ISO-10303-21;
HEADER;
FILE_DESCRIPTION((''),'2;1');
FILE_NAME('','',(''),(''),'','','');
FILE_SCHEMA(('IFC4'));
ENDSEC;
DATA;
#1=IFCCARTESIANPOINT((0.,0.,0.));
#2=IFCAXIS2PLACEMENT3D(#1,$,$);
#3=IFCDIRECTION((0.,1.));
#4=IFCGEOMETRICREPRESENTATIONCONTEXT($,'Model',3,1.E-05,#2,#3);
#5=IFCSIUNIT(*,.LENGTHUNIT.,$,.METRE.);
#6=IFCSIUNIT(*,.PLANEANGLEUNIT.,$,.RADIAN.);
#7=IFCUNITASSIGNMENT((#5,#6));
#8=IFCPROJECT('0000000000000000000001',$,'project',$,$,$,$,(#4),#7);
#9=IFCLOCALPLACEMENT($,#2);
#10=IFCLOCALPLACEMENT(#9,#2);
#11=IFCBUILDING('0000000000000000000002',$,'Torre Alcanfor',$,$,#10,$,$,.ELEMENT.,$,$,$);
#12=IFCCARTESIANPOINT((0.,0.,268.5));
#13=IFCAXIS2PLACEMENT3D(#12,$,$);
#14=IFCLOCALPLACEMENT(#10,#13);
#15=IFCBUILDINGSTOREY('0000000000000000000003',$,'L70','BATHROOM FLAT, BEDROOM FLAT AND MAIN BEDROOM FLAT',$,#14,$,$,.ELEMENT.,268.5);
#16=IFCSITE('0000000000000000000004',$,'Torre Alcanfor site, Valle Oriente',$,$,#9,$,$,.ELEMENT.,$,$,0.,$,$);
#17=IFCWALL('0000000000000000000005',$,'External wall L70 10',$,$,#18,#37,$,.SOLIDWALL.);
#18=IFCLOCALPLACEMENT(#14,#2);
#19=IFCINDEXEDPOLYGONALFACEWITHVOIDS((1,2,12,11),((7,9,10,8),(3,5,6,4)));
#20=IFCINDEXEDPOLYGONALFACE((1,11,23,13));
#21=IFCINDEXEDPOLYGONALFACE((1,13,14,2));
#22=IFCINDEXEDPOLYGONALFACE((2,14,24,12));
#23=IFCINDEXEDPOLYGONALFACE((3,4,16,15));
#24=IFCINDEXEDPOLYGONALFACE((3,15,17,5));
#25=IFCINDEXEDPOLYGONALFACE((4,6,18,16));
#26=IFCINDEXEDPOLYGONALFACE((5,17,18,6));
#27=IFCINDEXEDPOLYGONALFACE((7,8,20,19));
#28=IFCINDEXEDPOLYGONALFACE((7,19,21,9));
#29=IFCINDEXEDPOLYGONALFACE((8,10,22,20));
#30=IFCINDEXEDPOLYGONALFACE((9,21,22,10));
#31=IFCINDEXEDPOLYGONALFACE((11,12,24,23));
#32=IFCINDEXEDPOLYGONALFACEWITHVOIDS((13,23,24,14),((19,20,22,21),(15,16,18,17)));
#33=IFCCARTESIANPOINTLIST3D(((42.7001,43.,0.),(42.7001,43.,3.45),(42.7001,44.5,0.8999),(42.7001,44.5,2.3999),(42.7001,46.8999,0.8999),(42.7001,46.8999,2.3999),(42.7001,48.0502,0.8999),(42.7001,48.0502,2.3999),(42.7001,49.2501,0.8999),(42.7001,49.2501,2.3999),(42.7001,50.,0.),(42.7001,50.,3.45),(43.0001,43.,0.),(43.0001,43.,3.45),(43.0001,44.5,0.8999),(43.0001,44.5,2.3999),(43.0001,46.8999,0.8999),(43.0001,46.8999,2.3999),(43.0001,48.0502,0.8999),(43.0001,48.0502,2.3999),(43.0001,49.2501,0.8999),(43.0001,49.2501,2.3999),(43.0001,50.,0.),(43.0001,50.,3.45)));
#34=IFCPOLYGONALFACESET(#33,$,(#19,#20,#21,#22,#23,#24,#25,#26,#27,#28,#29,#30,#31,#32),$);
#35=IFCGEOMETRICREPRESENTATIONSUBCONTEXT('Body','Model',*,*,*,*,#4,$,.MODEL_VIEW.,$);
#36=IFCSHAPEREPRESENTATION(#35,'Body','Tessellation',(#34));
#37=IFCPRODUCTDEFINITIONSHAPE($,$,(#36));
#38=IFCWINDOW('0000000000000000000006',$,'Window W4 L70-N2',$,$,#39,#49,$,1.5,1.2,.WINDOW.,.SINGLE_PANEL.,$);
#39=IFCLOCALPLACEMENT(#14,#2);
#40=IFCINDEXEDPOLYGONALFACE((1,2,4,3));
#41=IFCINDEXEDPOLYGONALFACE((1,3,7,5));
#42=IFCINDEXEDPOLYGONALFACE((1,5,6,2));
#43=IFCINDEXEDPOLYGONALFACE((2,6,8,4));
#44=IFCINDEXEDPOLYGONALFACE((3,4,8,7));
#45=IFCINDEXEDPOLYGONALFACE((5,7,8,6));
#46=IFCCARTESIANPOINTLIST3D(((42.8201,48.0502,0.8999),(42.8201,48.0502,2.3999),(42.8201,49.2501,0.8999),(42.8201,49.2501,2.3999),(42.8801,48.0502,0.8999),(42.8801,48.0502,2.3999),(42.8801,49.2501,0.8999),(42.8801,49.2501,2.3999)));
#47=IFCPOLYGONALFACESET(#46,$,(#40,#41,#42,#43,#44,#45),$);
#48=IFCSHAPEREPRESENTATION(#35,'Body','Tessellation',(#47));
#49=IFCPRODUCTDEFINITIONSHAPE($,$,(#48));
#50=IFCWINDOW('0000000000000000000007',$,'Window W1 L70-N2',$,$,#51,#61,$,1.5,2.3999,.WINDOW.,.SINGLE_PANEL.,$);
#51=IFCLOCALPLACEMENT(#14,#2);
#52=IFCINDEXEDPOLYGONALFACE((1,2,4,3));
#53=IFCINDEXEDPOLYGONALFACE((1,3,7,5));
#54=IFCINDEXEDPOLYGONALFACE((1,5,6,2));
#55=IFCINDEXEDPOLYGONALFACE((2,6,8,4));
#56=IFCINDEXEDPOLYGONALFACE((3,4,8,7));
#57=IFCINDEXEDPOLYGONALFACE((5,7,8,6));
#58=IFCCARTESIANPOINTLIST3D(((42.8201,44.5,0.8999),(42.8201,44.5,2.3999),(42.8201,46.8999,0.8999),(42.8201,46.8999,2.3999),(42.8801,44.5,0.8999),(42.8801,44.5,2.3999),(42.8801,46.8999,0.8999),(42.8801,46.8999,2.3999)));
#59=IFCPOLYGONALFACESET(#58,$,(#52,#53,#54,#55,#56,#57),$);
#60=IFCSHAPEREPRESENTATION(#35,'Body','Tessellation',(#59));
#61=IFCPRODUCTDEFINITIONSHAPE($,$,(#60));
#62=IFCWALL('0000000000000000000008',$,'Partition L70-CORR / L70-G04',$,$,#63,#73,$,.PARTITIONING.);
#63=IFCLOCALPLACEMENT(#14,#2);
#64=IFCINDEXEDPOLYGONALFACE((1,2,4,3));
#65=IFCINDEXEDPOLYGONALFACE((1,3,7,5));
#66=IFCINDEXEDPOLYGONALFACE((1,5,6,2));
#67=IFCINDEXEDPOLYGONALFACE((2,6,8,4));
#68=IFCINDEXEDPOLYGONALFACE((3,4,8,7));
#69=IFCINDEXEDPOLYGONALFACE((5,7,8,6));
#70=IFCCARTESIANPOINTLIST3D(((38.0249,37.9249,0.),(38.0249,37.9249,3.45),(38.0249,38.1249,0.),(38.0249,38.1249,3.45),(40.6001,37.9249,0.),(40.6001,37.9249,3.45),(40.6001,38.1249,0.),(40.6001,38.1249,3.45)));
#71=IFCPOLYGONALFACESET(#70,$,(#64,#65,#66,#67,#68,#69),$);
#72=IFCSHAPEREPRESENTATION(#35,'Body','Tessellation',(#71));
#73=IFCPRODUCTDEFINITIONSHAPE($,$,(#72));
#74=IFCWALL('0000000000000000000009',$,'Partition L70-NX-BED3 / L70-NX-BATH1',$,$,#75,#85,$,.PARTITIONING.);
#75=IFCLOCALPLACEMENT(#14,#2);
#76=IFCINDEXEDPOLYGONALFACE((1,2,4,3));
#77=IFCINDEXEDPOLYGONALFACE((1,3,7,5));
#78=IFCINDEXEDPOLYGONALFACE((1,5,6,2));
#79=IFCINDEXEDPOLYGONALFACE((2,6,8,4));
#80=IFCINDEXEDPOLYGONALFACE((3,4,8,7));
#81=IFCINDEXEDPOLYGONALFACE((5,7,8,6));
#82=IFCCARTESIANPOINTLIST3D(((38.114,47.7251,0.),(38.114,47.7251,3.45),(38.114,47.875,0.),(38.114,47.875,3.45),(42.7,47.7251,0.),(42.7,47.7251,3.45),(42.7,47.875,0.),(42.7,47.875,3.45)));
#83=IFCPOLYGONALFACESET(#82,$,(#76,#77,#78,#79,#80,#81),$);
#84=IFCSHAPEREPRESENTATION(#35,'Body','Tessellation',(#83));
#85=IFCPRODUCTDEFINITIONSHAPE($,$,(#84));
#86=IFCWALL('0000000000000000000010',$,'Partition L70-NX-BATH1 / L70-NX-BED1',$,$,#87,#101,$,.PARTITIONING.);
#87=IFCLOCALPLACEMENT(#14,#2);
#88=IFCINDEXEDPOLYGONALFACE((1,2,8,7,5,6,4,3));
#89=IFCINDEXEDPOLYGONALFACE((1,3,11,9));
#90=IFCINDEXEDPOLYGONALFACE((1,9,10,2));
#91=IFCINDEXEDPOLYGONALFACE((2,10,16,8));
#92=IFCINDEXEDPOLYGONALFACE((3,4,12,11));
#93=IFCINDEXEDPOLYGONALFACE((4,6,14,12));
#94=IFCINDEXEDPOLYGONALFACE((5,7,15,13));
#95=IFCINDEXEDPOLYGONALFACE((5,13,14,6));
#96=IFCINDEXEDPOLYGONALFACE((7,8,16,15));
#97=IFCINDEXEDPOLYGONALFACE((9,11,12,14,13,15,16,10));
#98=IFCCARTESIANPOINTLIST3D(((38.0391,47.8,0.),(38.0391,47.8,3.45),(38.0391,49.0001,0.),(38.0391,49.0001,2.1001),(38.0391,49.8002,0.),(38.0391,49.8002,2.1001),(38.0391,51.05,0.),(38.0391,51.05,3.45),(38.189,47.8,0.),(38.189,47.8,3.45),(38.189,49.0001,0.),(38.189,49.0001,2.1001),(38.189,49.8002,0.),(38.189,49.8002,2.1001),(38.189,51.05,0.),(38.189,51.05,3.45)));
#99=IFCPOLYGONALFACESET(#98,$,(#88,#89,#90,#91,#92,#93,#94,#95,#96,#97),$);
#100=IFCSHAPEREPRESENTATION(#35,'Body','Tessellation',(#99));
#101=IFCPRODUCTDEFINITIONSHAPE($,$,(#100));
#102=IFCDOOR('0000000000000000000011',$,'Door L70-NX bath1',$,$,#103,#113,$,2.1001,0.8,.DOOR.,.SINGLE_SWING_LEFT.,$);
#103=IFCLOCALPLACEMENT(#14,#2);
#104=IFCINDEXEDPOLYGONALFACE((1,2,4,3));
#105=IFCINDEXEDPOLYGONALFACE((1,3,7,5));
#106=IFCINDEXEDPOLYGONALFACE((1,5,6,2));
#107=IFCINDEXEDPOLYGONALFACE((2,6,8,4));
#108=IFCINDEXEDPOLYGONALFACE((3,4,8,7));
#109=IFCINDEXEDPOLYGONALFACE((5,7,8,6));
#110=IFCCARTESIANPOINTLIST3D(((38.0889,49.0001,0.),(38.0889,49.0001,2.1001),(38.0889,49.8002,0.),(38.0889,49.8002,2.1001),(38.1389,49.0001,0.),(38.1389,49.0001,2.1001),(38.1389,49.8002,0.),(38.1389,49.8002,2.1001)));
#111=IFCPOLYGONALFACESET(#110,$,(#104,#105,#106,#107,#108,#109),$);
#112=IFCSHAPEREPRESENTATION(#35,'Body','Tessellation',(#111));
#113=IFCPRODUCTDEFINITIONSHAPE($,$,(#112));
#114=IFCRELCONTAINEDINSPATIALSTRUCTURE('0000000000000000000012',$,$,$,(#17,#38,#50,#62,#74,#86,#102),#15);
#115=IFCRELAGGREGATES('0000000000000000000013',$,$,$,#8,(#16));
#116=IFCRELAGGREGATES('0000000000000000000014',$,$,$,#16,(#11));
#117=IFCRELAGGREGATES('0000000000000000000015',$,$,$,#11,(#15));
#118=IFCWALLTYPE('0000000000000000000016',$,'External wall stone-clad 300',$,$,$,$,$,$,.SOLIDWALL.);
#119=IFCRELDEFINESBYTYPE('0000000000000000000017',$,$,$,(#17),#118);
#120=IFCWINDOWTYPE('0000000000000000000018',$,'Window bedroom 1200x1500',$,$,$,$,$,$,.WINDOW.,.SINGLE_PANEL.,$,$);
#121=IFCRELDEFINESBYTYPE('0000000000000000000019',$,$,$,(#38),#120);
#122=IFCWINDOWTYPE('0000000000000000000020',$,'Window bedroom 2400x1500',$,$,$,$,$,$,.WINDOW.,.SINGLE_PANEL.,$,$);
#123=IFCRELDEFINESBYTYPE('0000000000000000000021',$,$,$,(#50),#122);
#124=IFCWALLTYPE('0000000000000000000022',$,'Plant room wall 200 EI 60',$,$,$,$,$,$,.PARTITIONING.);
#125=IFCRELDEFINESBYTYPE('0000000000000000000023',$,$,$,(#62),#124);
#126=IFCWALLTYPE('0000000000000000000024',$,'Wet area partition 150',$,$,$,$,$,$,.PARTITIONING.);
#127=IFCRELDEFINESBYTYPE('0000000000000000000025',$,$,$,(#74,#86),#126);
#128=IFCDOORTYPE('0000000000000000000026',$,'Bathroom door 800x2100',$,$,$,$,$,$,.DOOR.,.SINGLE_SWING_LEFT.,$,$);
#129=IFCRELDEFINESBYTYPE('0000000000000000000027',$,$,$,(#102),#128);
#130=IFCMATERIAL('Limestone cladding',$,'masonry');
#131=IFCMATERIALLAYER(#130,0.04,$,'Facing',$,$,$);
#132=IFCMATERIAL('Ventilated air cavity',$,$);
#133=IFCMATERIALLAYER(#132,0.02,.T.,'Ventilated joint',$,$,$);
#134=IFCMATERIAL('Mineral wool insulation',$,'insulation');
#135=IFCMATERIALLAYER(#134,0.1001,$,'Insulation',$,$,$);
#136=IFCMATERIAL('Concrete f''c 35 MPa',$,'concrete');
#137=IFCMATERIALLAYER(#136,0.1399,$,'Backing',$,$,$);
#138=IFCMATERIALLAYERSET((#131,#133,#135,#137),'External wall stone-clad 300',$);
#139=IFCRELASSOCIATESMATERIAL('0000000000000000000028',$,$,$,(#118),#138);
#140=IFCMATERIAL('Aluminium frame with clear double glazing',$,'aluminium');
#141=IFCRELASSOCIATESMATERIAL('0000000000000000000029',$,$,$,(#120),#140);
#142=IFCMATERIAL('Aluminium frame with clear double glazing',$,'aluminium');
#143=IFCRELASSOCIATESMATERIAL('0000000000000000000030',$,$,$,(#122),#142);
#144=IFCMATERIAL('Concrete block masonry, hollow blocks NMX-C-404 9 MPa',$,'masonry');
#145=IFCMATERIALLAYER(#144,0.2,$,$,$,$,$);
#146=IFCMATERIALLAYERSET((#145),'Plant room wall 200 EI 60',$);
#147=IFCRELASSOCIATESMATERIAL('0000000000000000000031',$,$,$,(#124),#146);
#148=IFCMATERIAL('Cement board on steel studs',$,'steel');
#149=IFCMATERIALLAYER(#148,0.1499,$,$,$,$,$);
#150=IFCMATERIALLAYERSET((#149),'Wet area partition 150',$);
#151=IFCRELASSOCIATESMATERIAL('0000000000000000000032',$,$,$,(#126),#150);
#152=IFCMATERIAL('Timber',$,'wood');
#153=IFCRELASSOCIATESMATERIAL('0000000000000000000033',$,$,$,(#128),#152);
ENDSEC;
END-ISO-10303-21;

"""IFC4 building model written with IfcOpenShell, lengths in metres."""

from ifc_helpers import new_model, si_unit, direction, frame, frame_2d, origin, place, context, subcontext, project, spatial, rectangle, extrude, material, layer, layer_set, type_object, element, fill, save


model = new_model("IFC4")

# Units and contexts
model_context = context("Model", 3, precision=1e-05, world=origin(), true_north=direction((0.0, 1.0)))
body_context = subcontext(model_context, "Body", "Model", "MODEL_VIEW")
ifc_project = project(units=[si_unit("LENGTHUNIT", "METRE"), si_unit("PLANEANGLEUNIT", "RADIAN")], contexts=[model_context])

# Site, building, storey
site_placement = place(None, origin())
site = spatial("IfcSite", under=ifc_project, at=site_placement, Name="Torre Alcanfor site, Valle Oriente", CompositionType="ELEMENT", RefElevation=0.0)
building_placement = place(site_placement, origin())
building = spatial("IfcBuilding", under=site, at=building_placement, Name="Torre Alcanfor", CompositionType="ELEMENT")
storey_placement = place(building_placement, frame((0.0, 0.0, 268.5)))
storey = spatial("IfcBuildingStorey", under=building, at=storey_placement, Name="L70", Description="BATHROOM FLAT, BEDROOM FLAT AND MAIN BEDROOM FLAT", CompositionType="ELEMENT", Elevation=268.5)

# Wall, openings, windows
ifc_material_1 = material(Name="Limestone cladding", Category="masonry")
ifc_layer_1 = layer(ifc_material_1, 0.04, Name="Facing")
ifc_material_2 = material(Name="Ventilated air cavity")
ifc_layer_2 = layer(ifc_material_2, 0.02, ventilated=True, Name="Ventilated joint")
ifc_material_3 = material(Name="Mineral wool insulation", Category="insulation")
ifc_layer_3 = layer(ifc_material_3, 0.1001, Name="Insulation")
ifc_material_4 = material(Name="Concrete f'c 35 MPa", Category="concrete")
ifc_layer_4 = layer(ifc_material_4, 0.1399, Name="Backing")
ifc_layer_set_1 = layer_set([ifc_layer_1, ifc_layer_2, ifc_layer_3, ifc_layer_4], Name="External wall stone-clad 300")
wall_type_1 = type_object("IfcWallType", Name="External wall stone-clad 300", PredefinedType="SOLIDWALL", material=ifc_layer_set_1)
ifc_material_5 = material(Name="Aluminium frame with clear double glazing", Category="aluminium")
window_type_1 = type_object("IfcWindowType", Name="Window bedroom 1200x1500", PartitioningType="SINGLE_PANEL", PredefinedType="WINDOW", material=ifc_material_5)
ifc_material_6 = material(Name="Aluminium frame with clear double glazing", Category="aluminium")
window_type_2 = type_object("IfcWindowType", Name="Window bedroom 2400x1500", PartitioningType="SINGLE_PANEL", PredefinedType="WINDOW", material=ifc_material_6)
wall_1_placement = place(storey_placement, frame((42.8501, 43.0, 0.0), z_axis=(0.0, 0.0, 1.0), x_axis=(0.0, 1.0, 0.0)))
wall_1 = element("IfcWall", 1, at=wall_1_placement, inside=storey, type_object=wall_type_1, Name="External wall L70 10", PredefinedType="SOLIDWALL", context=body_context, shape_type="SweptSolid", body=[
    extrude(rectangle(XDim=7.0, YDim=0.3, at=frame_2d((3.5, 0.0))), origin(), (0.0, 0.0, 1.0), 3.45),
])
opening_1_placement = place(wall_1_placement, frame((1.5, 0.0, 0.8999)))
opening_1 = element("IfcOpeningElement", 2, at=opening_1_placement, cuts=wall_1, PredefinedType="OPENING", context=body_context, shape_type="SweptSolid", body=[
    extrude(rectangle(XDim=2.3999, YDim=1.5, at=frame_2d((1.2, 0.75))), frame((0.0, 0.1599, 0.0), z_axis=(0.0, -1.0, 0.0), x_axis=(1.0, 0.0, 0.0)), (0.0, 0.0, 1.0), 0.3201),
])
opening_2_placement = place(wall_1_placement, frame((5.05, 0.0, 0.8999)))
opening_2 = element("IfcOpeningElement", 3, at=opening_2_placement, cuts=wall_1, PredefinedType="OPENING", context=body_context, shape_type="SweptSolid", body=[
    extrude(rectangle(XDim=1.2, YDim=1.5, at=frame_2d((0.6001, 0.75))), frame((0.0, 0.1599, 0.0), z_axis=(0.0, -1.0, 0.0), x_axis=(1.0, 0.0, 0.0)), (0.0, 0.0, 1.0), 0.3201),
])
window_1_placement = place(opening_2_placement, origin())
window_1 = element("IfcWindow", 4, at=window_1_placement, inside=storey, type_object=window_type_1, Name="Window W4 L70-N2", OverallHeight=1.5, OverallWidth=1.2, PartitioningType="SINGLE_PANEL", PredefinedType="WINDOW", context=body_context, shape_type="SweptSolid", body=[
    extrude(rectangle(XDim=1.2, YDim=1.5, at=frame_2d((0.6001, 0.75))), frame((0.0, 0.03, 0.0), z_axis=(0.0, -1.0, 0.0), x_axis=(1.0, 0.0, 0.0)), (0.0, 0.0, 1.0), 0.0601),
])
fill(opening_2, window_1)
window_2_placement = place(opening_1_placement, origin())
window_2 = element("IfcWindow", 5, at=window_2_placement, inside=storey, type_object=window_type_2, Name="Window W1 L70-N2", OverallHeight=1.5, OverallWidth=2.3999, PartitioningType="SINGLE_PANEL", PredefinedType="WINDOW", context=body_context, shape_type="SweptSolid", body=[
    extrude(rectangle(XDim=2.3999, YDim=1.5, at=frame_2d((1.2, 0.75))), frame((0.0, 0.03, 0.0), z_axis=(0.0, -1.0, 0.0), x_axis=(1.0, 0.0, 0.0)), (0.0, 0.0, 1.0), 0.0601),
])
fill(opening_1, window_2)

# Walls
ifc_material_7 = material(Name="Concrete block masonry, hollow blocks NMX-C-404 9 MPa", Category="masonry")
ifc_layer_5 = layer(ifc_material_7, 0.2)
ifc_layer_set_2 = layer_set([ifc_layer_5], Name="Plant room wall 200 EI 60")
wall_type_2 = type_object("IfcWallType", Name="Plant room wall 200 EI 60", PredefinedType="PARTITIONING", material=ifc_layer_set_2)
wall_2_placement = place(storey_placement, frame((40.6001, 38.0249, 0.0), z_axis=(0.0, 0.0, 1.0), x_axis=(-1.0, 0.0, 0.0)))
element("IfcWall", 6, at=wall_2_placement, inside=storey, type_object=wall_type_2, Name="Partition L70-CORR / L70-G04", PredefinedType="PARTITIONING", context=body_context, shape_type="SweptSolid", body=[
    extrude(rectangle(XDim=2.5752, YDim=0.2, at=frame_2d((1.2876, 0.0))), origin(), (0.0, 0.0, 1.0), 3.45),
])
ifc_material_8 = material(Name="Cement board on steel studs", Category="steel")
ifc_layer_6 = layer(ifc_material_8, 0.1499)
ifc_layer_set_3 = layer_set([ifc_layer_6], Name="Wet area partition 150")
wall_type_3 = type_object("IfcWallType", Name="Wet area partition 150", PredefinedType="PARTITIONING", material=ifc_layer_set_3)
wall_3_placement = place(storey_placement, frame((42.7, 47.8, 0.0), z_axis=(0.0, 0.0, 1.0), x_axis=(-1.0, 0.0, 0.0)))
element("IfcWall", 7, at=wall_3_placement, inside=storey, type_object=wall_type_3, Name="Partition L70-NX-BED3 / L70-NX-BATH1", PredefinedType="PARTITIONING", context=body_context, shape_type="SweptSolid", body=[
    extrude(rectangle(XDim=4.5859, YDim=0.1499, at=frame_2d((2.293, 0.0))), origin(), (0.0, 0.0, 1.0), 3.45),
])

# Wall, opening, door
wall_4_placement = place(storey_placement, frame((38.114, 51.05, 0.0), z_axis=(0.0, 0.0, 1.0), x_axis=(0.0, -1.0, 0.0)))
wall_4 = element("IfcWall", 8, at=wall_4_placement, inside=storey, type_object=wall_type_3, Name="Partition L70-NX-BATH1 / L70-NX-BED1", PredefinedType="PARTITIONING", context=body_context, shape_type="SweptSolid", body=[
    extrude(rectangle(XDim=3.25, YDim=0.1499, at=frame_2d((1.625, 0.0))), origin(), (0.0, 0.0, 1.0), 3.45),
])
opening_3_placement = place(wall_4_placement, frame((1.25, 0.0, 0.0)))
opening_3 = element("IfcOpeningElement", 9, at=opening_3_placement, cuts=wall_4, PredefinedType="OPENING", context=body_context, shape_type="SweptSolid", body=[
    extrude(rectangle(XDim=0.8, YDim=2.1001, at=frame_2d((0.3999, 1.05))), frame((0.0, 0.085, 0.0), z_axis=(0.0, -1.0, 0.0), x_axis=(1.0, 0.0, 0.0)), (0.0, 0.0, 1.0), 0.1699),
])
ifc_material_9 = material(Name="Timber", Category="wood")
door_type = type_object("IfcDoorType", Name="Bathroom door 800x2100", OperationType="SINGLE_SWING_LEFT", PredefinedType="DOOR", material=ifc_material_9)
door_placement = place(opening_3_placement, frame((0.8, 0.0, 0.0), z_axis=(0.0, 0.0, 1.0), x_axis=(-1.0, 0.0, 0.0)))
door = element("IfcDoor", 10, at=door_placement, inside=storey, type_object=door_type, Name="Door L70-NX bath1", OperationType="SINGLE_SWING_LEFT", OverallHeight=2.1001, OverallWidth=0.8, PredefinedType="DOOR", context=body_context, shape_type="SweptSolid", body=[
    extrude(rectangle(XDim=0.8, YDim=2.1001, at=frame_2d((0.4001, 1.05))), frame((0.0, 0.0251, 0.0), z_axis=(0.0, -1.0, 0.0), x_axis=(1.0, 0.0, 0.0)), (0.0, 0.0, 1.0), 0.05),
])
fill(opening_3, door)

save(model, "model.ifc")
